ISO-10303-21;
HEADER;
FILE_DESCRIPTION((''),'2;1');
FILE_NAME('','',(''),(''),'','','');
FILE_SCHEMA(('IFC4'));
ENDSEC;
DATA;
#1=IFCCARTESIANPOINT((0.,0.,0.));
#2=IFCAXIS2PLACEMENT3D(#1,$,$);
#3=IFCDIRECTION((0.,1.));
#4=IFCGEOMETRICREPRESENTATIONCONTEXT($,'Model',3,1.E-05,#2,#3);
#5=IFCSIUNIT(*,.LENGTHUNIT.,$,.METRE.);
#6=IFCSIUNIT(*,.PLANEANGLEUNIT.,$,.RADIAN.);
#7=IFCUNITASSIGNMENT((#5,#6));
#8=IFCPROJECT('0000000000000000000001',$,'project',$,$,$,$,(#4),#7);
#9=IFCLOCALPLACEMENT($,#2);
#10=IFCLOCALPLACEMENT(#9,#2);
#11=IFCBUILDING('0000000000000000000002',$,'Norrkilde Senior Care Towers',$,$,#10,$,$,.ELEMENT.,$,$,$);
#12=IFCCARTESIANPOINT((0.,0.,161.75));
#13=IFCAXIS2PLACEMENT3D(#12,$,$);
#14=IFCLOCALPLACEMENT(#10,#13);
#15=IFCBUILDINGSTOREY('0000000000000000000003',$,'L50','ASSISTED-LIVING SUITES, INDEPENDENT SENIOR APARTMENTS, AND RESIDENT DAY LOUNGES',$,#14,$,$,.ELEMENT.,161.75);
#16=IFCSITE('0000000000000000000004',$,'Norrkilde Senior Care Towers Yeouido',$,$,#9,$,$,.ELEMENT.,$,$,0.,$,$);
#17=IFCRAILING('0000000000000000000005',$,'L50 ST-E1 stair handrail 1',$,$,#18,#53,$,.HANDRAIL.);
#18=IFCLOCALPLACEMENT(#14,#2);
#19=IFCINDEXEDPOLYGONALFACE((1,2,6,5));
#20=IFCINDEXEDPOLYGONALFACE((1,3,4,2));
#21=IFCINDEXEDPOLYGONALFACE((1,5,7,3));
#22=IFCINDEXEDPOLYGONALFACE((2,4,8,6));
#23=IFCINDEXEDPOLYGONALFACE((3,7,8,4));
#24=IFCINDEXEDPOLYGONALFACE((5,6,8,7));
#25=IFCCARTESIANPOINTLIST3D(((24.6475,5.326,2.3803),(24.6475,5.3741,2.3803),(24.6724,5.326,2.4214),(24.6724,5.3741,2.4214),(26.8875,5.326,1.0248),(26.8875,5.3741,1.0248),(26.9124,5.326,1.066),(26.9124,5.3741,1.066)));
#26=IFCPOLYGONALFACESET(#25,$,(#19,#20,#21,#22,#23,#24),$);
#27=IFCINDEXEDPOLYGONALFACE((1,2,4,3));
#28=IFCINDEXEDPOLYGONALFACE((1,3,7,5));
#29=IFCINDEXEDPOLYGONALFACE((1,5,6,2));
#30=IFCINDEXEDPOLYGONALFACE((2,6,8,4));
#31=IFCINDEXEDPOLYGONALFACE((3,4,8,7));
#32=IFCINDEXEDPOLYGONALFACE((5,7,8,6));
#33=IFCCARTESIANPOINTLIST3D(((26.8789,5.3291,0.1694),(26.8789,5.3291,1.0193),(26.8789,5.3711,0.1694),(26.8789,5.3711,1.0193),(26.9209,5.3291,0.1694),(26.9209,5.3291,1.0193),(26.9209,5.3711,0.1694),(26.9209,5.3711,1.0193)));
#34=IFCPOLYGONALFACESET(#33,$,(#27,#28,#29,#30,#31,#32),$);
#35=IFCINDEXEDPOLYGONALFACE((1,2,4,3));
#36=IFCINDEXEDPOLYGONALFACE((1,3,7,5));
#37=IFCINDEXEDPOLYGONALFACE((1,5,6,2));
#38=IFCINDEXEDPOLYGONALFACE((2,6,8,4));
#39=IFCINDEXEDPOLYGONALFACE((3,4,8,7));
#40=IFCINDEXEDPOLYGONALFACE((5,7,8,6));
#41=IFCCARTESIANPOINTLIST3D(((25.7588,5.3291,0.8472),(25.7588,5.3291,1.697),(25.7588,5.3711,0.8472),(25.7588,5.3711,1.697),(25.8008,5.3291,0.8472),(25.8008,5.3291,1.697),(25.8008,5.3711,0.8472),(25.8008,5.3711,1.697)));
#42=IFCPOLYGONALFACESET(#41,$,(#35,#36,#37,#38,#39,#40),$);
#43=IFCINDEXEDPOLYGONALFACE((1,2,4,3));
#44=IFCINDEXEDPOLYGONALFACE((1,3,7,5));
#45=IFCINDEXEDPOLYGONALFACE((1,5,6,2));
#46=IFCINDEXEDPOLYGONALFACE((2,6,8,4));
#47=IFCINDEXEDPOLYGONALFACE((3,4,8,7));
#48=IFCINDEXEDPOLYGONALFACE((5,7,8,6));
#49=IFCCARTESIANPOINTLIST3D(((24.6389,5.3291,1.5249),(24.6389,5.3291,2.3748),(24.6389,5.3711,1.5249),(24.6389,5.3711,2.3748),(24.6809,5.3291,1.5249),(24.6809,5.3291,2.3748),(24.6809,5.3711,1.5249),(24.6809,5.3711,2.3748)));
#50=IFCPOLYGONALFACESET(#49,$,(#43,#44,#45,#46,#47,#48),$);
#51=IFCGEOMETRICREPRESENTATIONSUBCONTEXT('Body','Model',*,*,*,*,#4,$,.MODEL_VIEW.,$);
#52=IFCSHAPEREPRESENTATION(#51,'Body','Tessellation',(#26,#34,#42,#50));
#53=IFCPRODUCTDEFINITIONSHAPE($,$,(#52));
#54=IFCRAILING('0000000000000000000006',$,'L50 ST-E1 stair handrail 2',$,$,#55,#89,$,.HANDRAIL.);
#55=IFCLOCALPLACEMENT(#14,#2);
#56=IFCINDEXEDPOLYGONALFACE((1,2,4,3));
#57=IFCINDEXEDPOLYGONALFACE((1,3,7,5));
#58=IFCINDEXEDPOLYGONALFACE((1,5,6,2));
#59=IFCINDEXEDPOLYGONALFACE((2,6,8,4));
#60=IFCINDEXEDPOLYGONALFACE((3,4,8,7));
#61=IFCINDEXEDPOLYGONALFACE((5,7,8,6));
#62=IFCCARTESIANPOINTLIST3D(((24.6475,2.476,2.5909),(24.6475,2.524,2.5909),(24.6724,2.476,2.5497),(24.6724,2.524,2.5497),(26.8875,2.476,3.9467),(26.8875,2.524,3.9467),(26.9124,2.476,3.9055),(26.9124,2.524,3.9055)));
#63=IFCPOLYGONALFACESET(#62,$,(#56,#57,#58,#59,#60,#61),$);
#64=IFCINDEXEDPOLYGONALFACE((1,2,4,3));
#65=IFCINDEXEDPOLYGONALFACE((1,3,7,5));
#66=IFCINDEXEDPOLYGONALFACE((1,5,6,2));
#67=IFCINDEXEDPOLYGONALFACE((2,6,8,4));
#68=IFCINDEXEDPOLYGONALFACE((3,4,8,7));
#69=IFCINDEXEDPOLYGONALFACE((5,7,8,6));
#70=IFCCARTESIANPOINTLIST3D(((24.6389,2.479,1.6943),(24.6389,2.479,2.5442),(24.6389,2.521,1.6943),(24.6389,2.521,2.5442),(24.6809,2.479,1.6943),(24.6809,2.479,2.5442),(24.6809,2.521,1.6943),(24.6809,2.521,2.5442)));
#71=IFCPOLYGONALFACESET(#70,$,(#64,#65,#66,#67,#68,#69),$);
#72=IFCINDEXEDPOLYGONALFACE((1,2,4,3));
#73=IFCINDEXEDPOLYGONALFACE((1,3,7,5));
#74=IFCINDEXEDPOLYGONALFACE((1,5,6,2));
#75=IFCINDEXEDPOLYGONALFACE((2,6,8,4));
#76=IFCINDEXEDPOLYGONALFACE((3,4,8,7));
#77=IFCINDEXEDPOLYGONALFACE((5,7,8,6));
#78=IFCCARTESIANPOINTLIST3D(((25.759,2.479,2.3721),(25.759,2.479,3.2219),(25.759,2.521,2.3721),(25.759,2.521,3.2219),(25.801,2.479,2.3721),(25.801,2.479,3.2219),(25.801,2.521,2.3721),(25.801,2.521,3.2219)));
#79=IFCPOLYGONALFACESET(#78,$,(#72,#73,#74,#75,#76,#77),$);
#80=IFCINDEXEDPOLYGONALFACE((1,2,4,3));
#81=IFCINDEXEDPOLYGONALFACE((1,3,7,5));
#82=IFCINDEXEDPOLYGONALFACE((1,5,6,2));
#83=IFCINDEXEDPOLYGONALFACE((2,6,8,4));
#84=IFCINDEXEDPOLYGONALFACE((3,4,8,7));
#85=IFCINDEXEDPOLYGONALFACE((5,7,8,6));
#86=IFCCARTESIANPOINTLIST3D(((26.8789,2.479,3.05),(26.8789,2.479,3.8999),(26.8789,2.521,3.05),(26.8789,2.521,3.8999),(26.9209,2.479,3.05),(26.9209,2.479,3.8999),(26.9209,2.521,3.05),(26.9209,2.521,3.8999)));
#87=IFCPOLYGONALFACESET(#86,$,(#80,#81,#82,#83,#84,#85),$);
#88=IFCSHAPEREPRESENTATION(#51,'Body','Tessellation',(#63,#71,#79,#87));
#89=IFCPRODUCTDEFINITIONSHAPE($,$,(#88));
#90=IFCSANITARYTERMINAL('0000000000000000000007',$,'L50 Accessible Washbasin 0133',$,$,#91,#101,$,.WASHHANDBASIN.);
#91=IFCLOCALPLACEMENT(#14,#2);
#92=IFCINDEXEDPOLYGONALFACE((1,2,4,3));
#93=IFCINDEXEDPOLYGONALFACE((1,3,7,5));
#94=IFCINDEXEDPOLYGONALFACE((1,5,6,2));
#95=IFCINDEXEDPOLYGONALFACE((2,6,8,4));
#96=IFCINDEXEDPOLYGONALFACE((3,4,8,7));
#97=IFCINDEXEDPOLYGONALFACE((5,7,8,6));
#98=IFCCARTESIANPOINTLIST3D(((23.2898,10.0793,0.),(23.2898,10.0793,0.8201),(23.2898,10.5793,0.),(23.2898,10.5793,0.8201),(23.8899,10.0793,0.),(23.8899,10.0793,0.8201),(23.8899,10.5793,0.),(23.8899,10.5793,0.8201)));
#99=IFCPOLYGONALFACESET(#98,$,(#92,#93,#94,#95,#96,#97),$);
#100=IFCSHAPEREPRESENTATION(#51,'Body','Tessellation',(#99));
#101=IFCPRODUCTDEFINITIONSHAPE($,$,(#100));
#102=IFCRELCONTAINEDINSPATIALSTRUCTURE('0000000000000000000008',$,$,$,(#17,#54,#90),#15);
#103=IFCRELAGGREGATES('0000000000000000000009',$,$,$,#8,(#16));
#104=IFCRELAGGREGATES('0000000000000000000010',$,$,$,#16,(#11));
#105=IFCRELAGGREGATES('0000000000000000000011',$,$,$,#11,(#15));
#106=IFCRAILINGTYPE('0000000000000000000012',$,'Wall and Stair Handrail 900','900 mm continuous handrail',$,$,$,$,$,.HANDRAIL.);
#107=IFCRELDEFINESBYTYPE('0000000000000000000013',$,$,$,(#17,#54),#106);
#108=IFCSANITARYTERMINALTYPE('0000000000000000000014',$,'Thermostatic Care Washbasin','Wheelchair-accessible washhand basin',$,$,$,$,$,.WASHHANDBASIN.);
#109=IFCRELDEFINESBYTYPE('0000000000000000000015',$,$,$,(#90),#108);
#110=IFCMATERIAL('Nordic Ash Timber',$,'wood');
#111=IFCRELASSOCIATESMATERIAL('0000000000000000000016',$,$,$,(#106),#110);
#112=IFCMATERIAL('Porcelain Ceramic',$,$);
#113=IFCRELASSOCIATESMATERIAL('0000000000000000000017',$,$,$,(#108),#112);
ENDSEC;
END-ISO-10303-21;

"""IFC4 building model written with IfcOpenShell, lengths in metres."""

from ifc_helpers import new_model, si_unit, direction, frame, origin, origin_2d, place, context, subcontext, project, spatial, rectangle, extrude, source, transform, mapped, material, type_object, type_shapes, element, save


model = new_model("IFC4")

# Units and contexts
model_context = context("Model", 3, precision=1e-05, world=origin(), true_north=direction((0.0, 1.0)))
body_context = subcontext(model_context, "Body", "Model", "MODEL_VIEW")
ifc_project = project(units=[si_unit("LENGTHUNIT", "METRE"), si_unit("PLANEANGLEUNIT", "RADIAN")], contexts=[model_context])

# Site, building, storey
site_placement = place(None, origin())
site = spatial("IfcSite", under=ifc_project, at=site_placement, Name="Norrkilde Senior Care Towers Yeouido", CompositionType="ELEMENT", RefElevation=0.0)
building_placement = place(site_placement, origin())
building = spatial("IfcBuilding", under=site, at=building_placement, Name="Norrkilde Senior Care Towers", CompositionType="ELEMENT")
storey_placement = place(building_placement, frame((0.0, 0.0, 161.75)))
storey = spatial("IfcBuildingStorey", under=building, at=storey_placement, Name="L50", Description="ASSISTED-LIVING SUITES, INDEPENDENT SENIOR APARTMENTS, AND RESIDENT DAY LOUNGES", CompositionType="ELEMENT", Elevation=161.75)

# Shared definitions
ifc_material_1 = material(Name="Nordic Ash Timber", Category="wood")

# Railings
railing_type_1 = type_object("IfcRailingType", Name="Wall and Stair Handrail 900", Description="900 mm continuous handrail", PredefinedType="HANDRAIL", material=ifc_material_1)
railing_1_placement = place(storey_placement, frame((26.8999, 5.3501, 0.1694)))
element("IfcRailing", 1, at=railing_1_placement, inside=storey, type_object=railing_type_1, Name="L50 ST-E1 stair handrail 1", PredefinedType="HANDRAIL", context=body_context, shape_type="SweptSolid", body=[
    extrude(rectangle(XDim=0.0481, YDim=0.0481, at=origin_2d()), frame((0.0, 0.0, 0.876), z_axis=(-0.855553, 0.0, 0.517715), x_axis=(0.0, -1.0, 0.0)), (0.0, 0.0, 1.0), 2.6182),
    extrude(rectangle(XDim=0.042, YDim=0.042, at=origin_2d()), origin(), (0.0, 0.0, 1.0), 0.8499),
    extrude(rectangle(XDim=0.042, YDim=0.042, at=origin_2d()), frame((-1.1201, 0.0, 0.6777)), (0.0, 0.0, 1.0), 0.8499),
    extrude(rectangle(XDim=0.042, YDim=0.042, at=origin_2d()), frame((-2.24, 0.0, 1.3555)), (0.0, 0.0, 1.0), 0.8499),
])
railing_2_placement = place(storey_placement, frame((24.6599, 2.5, 1.6943)))
element("IfcRailing", 2, at=railing_2_placement, inside=storey, type_object=railing_type_1, Name="L50 ST-E1 stair handrail 2", PredefinedType="HANDRAIL", context=body_context, shape_type="SweptSolid", body=[
    extrude(rectangle(XDim=0.0481, YDim=0.0481, at=origin_2d()), frame((0.0, 0.0, 0.876), z_axis=(0.855512, 0.0, 0.517783), x_axis=(0.0, 1.0, 0.0)), (0.0, 0.0, 1.0), 2.6184),
    extrude(rectangle(XDim=0.042, YDim=0.042, at=origin_2d()), origin(), (0.0, 0.0, 1.0), 0.8499),
    extrude(rectangle(XDim=0.042, YDim=0.042, at=origin_2d()), frame((1.1201, 0.0, 0.6777)), (0.0, 0.0, 1.0), 0.8499),
    extrude(rectangle(XDim=0.042, YDim=0.042, at=origin_2d()), frame((2.24, 0.0, 1.3557)), (0.0, 0.0, 1.0), 0.8499),
])

# Sanitary terminal
ifc_material_2 = material(Name="Porcelain Ceramic")
sanitary_terminal_type = type_object("IfcSanitaryTerminalType", Name="Thermostatic Care Washbasin", Description="Wheelchair-accessible washhand basin", PredefinedType="WASHHANDBASIN", material=ifc_material_2)
shared_shape_1 = source(origin(), body_context, "Body", "SweptSolid", [
    extrude(rectangle(XDim=0.6001, YDim=0.5, at=origin_2d()), origin(), (0.0, 0.0, 1.0), 0.8201),
])
type_shapes(sanitary_terminal_type, [shared_shape_1])
sanitary_terminal_placement = place(storey_placement, frame((23.5898, 10.3293, 0.0), z_axis=(0.0, 0.0, 1.0), x_axis=(1.0, 0.0, 0.0)))
element("IfcSanitaryTerminal", 3, at=sanitary_terminal_placement, inside=storey, type_object=sanitary_terminal_type, Name="L50 Accessible Washbasin 0133", PredefinedType="WASHHANDBASIN", context=body_context, shape_type="MappedRepresentation", body=[
    mapped(shared_shape_1, transform((0.0, 0.0, 0.0), x_axis=(1.0, 0.0, 0.0), y_axis=(0.0, 1.0, 0.0), z_axis=(0.0, 0.0, 1.0), scale=1.0)),
])

save(model, "model.ifc")
